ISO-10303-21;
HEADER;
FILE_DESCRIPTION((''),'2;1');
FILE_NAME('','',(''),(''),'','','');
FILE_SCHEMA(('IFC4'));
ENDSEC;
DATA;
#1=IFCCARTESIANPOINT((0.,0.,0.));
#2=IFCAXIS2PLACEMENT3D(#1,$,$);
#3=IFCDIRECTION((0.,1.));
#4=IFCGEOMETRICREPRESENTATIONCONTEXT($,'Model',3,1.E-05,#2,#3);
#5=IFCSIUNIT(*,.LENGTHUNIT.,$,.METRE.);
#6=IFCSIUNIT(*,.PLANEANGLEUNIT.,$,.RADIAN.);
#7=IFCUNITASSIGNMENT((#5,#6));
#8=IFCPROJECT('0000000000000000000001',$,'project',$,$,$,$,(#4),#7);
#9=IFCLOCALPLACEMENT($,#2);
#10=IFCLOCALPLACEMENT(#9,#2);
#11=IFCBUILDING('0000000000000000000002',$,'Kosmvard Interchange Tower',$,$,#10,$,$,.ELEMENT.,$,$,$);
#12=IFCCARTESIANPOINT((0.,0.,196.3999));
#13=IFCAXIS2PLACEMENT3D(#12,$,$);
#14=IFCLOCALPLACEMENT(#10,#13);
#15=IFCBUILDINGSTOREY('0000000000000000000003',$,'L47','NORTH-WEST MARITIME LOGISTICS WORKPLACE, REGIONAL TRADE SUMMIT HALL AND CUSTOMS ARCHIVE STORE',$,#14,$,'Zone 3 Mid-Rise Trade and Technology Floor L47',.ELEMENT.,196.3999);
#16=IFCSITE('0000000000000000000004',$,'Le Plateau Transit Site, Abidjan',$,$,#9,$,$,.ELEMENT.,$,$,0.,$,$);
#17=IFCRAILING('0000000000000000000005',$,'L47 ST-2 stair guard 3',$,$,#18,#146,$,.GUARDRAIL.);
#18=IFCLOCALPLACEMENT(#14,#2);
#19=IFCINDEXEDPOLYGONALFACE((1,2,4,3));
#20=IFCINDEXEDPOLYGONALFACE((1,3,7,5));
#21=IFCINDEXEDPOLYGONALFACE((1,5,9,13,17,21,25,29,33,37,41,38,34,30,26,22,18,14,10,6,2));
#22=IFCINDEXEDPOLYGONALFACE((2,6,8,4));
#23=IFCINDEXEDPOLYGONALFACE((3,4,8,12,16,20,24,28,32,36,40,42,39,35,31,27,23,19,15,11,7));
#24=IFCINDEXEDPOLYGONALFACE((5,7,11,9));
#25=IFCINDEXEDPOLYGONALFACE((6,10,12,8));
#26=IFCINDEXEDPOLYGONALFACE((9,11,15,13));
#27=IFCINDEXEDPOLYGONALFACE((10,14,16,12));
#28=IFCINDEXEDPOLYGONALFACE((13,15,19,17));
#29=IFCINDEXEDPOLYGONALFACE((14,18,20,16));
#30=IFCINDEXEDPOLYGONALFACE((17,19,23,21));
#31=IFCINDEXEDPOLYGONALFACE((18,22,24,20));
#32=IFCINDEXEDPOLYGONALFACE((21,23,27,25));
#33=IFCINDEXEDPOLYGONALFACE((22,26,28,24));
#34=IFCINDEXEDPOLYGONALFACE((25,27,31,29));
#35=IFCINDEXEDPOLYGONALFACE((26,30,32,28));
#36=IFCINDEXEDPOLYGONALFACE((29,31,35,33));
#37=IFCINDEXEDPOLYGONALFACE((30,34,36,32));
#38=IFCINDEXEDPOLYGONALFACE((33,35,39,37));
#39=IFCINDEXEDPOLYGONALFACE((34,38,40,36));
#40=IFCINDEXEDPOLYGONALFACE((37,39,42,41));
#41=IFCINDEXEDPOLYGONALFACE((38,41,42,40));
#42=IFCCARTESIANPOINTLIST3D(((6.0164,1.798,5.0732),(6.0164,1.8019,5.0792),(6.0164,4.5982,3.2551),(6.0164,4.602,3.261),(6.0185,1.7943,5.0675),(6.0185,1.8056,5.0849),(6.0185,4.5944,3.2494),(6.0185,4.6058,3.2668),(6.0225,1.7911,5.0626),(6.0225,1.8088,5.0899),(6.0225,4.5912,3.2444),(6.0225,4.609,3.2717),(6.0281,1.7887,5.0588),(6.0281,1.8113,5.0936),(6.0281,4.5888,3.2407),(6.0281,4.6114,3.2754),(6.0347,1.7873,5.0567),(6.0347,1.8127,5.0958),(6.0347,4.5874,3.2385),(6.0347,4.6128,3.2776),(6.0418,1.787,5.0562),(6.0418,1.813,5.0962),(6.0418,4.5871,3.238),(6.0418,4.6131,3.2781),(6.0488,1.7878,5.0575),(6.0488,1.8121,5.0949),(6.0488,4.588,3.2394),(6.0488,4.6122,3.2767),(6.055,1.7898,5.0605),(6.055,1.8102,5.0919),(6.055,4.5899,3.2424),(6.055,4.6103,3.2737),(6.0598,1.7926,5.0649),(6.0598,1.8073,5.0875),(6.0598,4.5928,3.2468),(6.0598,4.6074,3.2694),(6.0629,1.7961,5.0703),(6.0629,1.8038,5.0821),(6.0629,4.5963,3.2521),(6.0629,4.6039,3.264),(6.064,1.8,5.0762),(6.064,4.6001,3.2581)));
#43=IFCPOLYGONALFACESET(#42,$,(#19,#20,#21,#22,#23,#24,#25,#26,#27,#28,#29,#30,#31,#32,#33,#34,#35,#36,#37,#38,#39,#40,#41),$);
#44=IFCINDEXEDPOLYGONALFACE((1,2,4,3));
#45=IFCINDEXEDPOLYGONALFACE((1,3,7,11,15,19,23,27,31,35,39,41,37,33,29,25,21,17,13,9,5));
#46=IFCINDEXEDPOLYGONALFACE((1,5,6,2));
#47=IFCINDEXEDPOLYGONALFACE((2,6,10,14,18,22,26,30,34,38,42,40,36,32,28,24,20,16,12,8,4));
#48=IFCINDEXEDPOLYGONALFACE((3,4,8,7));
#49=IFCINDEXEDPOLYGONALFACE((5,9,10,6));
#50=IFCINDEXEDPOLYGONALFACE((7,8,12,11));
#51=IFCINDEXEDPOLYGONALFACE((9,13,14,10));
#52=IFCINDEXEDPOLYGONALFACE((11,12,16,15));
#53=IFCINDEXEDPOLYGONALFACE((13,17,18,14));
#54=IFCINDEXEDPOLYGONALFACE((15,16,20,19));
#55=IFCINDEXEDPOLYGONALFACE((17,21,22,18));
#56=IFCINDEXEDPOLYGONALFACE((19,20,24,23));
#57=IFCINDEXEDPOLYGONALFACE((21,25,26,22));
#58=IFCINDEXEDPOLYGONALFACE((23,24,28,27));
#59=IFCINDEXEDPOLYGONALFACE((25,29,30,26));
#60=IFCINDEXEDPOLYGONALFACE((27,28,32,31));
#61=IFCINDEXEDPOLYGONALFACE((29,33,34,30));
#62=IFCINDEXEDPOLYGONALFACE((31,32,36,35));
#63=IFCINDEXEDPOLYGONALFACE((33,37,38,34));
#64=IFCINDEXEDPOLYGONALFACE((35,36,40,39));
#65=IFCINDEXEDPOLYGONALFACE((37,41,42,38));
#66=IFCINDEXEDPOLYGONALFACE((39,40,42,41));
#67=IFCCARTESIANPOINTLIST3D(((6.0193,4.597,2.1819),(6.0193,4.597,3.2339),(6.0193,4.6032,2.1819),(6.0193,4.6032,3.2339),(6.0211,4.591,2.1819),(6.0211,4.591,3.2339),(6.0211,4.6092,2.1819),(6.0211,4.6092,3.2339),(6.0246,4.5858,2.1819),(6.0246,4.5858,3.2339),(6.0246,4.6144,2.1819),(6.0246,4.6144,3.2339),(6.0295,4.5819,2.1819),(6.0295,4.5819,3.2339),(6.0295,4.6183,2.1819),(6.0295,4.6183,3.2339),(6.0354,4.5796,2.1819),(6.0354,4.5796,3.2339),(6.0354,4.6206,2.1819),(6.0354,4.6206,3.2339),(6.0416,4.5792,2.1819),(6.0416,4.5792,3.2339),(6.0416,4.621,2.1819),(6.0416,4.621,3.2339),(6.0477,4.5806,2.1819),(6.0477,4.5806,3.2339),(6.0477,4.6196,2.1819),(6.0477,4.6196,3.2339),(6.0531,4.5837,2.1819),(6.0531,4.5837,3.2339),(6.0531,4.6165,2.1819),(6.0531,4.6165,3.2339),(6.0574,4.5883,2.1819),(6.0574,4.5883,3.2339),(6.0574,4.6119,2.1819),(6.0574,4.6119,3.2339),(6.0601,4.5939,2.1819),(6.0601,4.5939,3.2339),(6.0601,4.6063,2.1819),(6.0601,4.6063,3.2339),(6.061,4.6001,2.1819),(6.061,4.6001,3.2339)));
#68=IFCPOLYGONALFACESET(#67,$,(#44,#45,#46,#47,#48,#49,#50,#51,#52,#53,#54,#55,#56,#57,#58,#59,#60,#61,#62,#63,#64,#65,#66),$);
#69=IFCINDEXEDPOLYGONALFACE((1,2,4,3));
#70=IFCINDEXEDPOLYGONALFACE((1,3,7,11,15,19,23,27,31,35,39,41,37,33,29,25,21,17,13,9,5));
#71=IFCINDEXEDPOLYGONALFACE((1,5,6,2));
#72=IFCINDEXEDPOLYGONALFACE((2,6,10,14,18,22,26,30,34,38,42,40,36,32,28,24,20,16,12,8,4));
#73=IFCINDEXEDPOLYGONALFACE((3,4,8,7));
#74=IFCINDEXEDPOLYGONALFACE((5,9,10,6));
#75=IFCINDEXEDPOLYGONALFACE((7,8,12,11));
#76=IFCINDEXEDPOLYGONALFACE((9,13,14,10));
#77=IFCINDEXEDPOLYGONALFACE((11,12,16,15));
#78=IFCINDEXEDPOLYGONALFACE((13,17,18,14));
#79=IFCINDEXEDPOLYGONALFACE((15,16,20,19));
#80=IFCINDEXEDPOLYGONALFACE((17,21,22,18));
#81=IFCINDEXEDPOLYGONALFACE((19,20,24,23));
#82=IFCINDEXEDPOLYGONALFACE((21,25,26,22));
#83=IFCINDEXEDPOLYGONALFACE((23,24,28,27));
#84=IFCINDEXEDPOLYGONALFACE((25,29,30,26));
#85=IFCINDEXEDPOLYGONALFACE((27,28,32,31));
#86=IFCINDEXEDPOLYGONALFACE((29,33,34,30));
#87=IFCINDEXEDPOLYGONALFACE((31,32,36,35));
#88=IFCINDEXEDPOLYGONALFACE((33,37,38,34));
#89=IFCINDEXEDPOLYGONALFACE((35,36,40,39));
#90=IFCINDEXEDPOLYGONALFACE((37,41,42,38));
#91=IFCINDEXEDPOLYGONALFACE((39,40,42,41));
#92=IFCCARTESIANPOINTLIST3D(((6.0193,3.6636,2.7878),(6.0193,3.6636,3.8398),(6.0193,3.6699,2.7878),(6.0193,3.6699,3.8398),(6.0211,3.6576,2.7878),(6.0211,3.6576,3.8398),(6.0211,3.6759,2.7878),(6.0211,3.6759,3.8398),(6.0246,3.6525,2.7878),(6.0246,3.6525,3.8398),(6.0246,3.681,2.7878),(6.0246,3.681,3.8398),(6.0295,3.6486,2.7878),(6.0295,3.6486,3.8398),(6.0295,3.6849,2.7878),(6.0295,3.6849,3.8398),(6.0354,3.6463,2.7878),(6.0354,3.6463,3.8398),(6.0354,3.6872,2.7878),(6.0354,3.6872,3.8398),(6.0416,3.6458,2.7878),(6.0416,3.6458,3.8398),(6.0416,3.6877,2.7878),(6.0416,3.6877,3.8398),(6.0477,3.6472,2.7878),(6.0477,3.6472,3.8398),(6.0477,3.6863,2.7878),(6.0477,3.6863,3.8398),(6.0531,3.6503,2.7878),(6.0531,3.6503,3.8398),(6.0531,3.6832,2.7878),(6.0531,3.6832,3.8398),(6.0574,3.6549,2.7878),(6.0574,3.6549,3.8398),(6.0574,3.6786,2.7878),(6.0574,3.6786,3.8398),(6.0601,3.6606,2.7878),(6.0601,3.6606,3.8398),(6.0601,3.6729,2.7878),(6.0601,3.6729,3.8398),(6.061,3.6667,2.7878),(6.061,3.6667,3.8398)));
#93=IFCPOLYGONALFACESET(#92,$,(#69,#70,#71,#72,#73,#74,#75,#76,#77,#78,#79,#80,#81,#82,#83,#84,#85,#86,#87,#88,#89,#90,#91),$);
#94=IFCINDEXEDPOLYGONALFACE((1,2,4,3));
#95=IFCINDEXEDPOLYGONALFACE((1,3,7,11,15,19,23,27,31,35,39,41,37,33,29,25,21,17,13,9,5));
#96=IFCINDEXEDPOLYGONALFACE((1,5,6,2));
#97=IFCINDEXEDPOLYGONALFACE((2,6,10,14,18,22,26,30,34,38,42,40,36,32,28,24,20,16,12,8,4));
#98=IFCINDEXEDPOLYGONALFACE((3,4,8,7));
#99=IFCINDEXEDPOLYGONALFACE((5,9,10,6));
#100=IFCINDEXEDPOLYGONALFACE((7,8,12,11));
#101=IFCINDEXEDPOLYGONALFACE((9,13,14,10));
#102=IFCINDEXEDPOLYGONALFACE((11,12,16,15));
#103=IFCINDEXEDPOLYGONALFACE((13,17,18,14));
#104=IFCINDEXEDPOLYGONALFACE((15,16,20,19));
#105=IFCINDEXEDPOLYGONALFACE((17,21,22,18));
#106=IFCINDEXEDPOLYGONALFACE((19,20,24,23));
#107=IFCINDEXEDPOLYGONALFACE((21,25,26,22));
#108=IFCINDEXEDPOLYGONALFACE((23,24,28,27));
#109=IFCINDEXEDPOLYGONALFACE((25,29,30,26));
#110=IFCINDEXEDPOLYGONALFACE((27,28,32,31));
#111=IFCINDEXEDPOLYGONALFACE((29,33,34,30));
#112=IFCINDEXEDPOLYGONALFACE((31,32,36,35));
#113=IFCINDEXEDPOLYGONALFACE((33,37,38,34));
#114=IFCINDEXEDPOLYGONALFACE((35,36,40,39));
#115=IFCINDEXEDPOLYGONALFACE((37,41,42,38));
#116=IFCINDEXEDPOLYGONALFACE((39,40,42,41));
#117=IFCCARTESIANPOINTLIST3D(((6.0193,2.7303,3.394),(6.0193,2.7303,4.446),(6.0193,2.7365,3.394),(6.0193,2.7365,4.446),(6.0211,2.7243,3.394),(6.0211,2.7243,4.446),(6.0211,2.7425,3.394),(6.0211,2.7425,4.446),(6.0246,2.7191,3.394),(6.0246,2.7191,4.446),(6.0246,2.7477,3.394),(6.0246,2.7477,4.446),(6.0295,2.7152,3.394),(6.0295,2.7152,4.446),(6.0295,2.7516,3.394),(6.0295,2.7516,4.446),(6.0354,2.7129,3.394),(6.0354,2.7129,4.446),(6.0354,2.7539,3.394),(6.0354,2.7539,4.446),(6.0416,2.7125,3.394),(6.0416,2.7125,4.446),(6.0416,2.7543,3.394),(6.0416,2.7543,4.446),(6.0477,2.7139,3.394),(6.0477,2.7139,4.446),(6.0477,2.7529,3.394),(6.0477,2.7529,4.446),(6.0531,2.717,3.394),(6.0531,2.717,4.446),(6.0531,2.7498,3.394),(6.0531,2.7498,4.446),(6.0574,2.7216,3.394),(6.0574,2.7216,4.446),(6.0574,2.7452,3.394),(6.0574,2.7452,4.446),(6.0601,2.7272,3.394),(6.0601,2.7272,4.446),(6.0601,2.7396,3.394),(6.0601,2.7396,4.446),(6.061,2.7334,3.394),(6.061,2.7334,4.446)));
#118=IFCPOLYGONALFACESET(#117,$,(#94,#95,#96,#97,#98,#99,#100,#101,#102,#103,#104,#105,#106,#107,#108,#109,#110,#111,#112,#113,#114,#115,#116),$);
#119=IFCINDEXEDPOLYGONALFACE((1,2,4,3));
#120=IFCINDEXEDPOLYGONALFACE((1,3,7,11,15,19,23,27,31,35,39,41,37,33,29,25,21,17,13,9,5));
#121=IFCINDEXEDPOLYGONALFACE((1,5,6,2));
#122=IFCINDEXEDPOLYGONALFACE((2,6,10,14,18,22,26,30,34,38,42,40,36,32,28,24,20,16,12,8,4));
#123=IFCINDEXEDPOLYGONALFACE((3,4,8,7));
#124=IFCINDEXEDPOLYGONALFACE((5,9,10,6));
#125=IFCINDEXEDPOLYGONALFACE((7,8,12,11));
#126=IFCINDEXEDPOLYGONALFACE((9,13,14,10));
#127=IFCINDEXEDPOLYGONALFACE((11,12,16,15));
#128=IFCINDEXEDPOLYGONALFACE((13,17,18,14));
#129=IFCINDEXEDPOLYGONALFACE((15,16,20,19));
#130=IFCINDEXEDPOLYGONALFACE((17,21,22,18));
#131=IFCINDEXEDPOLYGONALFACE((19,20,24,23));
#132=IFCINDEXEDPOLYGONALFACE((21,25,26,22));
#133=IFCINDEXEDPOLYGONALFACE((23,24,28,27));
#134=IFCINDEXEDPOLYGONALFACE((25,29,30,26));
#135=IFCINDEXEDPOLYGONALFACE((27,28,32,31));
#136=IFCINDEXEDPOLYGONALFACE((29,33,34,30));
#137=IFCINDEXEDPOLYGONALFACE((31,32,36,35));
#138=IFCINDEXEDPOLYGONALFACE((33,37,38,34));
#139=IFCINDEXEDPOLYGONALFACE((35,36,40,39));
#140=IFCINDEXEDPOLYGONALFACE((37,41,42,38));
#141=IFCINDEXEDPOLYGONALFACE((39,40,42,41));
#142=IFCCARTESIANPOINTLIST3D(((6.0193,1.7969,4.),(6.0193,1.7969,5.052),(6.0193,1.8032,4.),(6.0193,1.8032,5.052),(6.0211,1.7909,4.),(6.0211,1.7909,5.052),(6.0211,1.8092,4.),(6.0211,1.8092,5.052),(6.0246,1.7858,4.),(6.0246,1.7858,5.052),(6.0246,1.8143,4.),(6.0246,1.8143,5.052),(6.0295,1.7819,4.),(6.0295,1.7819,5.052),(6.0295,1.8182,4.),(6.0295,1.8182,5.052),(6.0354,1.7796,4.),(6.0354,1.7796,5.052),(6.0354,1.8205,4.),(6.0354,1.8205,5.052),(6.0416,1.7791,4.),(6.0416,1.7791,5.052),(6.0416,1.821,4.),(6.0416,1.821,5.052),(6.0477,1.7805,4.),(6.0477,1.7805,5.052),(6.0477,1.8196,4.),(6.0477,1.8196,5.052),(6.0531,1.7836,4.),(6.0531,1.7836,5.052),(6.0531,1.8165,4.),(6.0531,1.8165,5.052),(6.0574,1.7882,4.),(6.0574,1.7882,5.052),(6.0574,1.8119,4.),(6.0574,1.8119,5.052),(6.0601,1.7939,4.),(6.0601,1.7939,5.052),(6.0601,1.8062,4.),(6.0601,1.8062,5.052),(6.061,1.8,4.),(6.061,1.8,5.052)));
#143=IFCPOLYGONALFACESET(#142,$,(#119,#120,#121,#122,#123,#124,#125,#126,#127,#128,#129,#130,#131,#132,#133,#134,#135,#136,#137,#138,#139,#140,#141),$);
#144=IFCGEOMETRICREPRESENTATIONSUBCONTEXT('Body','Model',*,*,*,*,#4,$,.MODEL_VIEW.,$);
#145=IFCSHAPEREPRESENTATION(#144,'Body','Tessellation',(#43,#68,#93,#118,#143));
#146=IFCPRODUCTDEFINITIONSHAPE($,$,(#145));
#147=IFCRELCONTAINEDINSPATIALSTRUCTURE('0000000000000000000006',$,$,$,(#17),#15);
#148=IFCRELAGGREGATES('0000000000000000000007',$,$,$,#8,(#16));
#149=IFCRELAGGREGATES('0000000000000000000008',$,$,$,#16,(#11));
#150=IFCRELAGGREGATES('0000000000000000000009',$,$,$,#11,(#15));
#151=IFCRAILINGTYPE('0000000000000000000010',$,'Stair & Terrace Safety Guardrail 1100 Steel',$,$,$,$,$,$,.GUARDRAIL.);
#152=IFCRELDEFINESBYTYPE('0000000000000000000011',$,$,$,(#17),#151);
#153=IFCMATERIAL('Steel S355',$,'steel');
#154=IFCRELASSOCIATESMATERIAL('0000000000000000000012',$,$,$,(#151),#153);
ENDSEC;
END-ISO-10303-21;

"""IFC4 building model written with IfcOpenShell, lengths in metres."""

from ifc_helpers import new_model, si_unit, direction, frame, origin, origin_2d, place, context, subcontext, project, spatial, circle, extrude, source, transform, mapped, material, type_object, element, save


model = new_model("IFC4")

# Units and contexts
model_context = context("Model", 3, precision=1e-05, world=origin(), true_north=direction((0.0, 1.0)))
body_context = subcontext(model_context, "Body", "Model", "MODEL_VIEW")
ifc_project = project(units=[si_unit("LENGTHUNIT", "METRE"), si_unit("PLANEANGLEUNIT", "RADIAN")], contexts=[model_context])

# Site, building, storey
site_placement = place(None, origin())
site = spatial("IfcSite", under=ifc_project, at=site_placement, Name="Le Plateau Transit Site, Abidjan", CompositionType="ELEMENT", RefElevation=0.0)
building_placement = place(site_placement, origin())
building = spatial("IfcBuilding", under=site, at=building_placement, Name="Kosmvard Interchange Tower", CompositionType="ELEMENT")
storey_placement = place(building_placement, frame((0.0, 0.0, 196.3999)))
storey = spatial("IfcBuildingStorey", under=building, at=storey_placement, Name="L47", Description="NORTH-WEST MARITIME LOGISTICS WORKPLACE, REGIONAL TRADE SUMMIT HALL AND CUSTOMS ARCHIVE STORE", LongName="Zone 3 Mid-Rise Trade and Technology Floor L47", CompositionType="ELEMENT", Elevation=196.3999)

# Railing
ifc_material_1 = material(Name="Steel S355", Category="steel")
railing_type_1 = type_object("IfcRailingType", Name="Stair & Terrace Safety Guardrail 1100 Steel", PredefinedType="GUARDRAIL", material=ifc_material_1)
shared_shape_1 = source(origin(), body_context, "Body", "SweptSolid", [
    extrude(circle(Radius=0.0239, at=origin_2d()), frame((0.0, 0.0, 1.0762), z_axis=(0.0, -0.838706, 0.544585), x_axis=(1.0, 0.0, 0.0)), (0.0, 0.0, 1.0), 3.3386),
    extrude(circle(Radius=0.021, at=origin_2d()), origin(), (0.0, 0.0, 1.0), 1.052),
    extrude(circle(Radius=0.021, at=origin_2d()), frame((0.0, -0.9333, 0.606)), (0.0, 0.0, 1.0), 1.052),
    extrude(circle(Radius=0.021, at=origin_2d()), frame((0.0, -1.8667, 1.2122)), (0.0, 0.0, 1.0), 1.052),
    extrude(circle(Radius=0.021, at=origin_2d()), frame((0.0, -2.8, 1.8181)), (0.0, 0.0, 1.0), 1.052),
])
railing_1_placement = place(storey_placement, frame((6.04, 4.6001, 2.1819)))
element("IfcRailing", 1, at=railing_1_placement, inside=storey, type_object=railing_type_1, Name="L47 ST-2 stair guard 3", PredefinedType="GUARDRAIL", context=body_context, shape_type="MappedRepresentation", body=[
    mapped(shared_shape_1, transform((0.0, 0.0, 0.0), scale=1.0)),
])

save(model, "model.ifc")
